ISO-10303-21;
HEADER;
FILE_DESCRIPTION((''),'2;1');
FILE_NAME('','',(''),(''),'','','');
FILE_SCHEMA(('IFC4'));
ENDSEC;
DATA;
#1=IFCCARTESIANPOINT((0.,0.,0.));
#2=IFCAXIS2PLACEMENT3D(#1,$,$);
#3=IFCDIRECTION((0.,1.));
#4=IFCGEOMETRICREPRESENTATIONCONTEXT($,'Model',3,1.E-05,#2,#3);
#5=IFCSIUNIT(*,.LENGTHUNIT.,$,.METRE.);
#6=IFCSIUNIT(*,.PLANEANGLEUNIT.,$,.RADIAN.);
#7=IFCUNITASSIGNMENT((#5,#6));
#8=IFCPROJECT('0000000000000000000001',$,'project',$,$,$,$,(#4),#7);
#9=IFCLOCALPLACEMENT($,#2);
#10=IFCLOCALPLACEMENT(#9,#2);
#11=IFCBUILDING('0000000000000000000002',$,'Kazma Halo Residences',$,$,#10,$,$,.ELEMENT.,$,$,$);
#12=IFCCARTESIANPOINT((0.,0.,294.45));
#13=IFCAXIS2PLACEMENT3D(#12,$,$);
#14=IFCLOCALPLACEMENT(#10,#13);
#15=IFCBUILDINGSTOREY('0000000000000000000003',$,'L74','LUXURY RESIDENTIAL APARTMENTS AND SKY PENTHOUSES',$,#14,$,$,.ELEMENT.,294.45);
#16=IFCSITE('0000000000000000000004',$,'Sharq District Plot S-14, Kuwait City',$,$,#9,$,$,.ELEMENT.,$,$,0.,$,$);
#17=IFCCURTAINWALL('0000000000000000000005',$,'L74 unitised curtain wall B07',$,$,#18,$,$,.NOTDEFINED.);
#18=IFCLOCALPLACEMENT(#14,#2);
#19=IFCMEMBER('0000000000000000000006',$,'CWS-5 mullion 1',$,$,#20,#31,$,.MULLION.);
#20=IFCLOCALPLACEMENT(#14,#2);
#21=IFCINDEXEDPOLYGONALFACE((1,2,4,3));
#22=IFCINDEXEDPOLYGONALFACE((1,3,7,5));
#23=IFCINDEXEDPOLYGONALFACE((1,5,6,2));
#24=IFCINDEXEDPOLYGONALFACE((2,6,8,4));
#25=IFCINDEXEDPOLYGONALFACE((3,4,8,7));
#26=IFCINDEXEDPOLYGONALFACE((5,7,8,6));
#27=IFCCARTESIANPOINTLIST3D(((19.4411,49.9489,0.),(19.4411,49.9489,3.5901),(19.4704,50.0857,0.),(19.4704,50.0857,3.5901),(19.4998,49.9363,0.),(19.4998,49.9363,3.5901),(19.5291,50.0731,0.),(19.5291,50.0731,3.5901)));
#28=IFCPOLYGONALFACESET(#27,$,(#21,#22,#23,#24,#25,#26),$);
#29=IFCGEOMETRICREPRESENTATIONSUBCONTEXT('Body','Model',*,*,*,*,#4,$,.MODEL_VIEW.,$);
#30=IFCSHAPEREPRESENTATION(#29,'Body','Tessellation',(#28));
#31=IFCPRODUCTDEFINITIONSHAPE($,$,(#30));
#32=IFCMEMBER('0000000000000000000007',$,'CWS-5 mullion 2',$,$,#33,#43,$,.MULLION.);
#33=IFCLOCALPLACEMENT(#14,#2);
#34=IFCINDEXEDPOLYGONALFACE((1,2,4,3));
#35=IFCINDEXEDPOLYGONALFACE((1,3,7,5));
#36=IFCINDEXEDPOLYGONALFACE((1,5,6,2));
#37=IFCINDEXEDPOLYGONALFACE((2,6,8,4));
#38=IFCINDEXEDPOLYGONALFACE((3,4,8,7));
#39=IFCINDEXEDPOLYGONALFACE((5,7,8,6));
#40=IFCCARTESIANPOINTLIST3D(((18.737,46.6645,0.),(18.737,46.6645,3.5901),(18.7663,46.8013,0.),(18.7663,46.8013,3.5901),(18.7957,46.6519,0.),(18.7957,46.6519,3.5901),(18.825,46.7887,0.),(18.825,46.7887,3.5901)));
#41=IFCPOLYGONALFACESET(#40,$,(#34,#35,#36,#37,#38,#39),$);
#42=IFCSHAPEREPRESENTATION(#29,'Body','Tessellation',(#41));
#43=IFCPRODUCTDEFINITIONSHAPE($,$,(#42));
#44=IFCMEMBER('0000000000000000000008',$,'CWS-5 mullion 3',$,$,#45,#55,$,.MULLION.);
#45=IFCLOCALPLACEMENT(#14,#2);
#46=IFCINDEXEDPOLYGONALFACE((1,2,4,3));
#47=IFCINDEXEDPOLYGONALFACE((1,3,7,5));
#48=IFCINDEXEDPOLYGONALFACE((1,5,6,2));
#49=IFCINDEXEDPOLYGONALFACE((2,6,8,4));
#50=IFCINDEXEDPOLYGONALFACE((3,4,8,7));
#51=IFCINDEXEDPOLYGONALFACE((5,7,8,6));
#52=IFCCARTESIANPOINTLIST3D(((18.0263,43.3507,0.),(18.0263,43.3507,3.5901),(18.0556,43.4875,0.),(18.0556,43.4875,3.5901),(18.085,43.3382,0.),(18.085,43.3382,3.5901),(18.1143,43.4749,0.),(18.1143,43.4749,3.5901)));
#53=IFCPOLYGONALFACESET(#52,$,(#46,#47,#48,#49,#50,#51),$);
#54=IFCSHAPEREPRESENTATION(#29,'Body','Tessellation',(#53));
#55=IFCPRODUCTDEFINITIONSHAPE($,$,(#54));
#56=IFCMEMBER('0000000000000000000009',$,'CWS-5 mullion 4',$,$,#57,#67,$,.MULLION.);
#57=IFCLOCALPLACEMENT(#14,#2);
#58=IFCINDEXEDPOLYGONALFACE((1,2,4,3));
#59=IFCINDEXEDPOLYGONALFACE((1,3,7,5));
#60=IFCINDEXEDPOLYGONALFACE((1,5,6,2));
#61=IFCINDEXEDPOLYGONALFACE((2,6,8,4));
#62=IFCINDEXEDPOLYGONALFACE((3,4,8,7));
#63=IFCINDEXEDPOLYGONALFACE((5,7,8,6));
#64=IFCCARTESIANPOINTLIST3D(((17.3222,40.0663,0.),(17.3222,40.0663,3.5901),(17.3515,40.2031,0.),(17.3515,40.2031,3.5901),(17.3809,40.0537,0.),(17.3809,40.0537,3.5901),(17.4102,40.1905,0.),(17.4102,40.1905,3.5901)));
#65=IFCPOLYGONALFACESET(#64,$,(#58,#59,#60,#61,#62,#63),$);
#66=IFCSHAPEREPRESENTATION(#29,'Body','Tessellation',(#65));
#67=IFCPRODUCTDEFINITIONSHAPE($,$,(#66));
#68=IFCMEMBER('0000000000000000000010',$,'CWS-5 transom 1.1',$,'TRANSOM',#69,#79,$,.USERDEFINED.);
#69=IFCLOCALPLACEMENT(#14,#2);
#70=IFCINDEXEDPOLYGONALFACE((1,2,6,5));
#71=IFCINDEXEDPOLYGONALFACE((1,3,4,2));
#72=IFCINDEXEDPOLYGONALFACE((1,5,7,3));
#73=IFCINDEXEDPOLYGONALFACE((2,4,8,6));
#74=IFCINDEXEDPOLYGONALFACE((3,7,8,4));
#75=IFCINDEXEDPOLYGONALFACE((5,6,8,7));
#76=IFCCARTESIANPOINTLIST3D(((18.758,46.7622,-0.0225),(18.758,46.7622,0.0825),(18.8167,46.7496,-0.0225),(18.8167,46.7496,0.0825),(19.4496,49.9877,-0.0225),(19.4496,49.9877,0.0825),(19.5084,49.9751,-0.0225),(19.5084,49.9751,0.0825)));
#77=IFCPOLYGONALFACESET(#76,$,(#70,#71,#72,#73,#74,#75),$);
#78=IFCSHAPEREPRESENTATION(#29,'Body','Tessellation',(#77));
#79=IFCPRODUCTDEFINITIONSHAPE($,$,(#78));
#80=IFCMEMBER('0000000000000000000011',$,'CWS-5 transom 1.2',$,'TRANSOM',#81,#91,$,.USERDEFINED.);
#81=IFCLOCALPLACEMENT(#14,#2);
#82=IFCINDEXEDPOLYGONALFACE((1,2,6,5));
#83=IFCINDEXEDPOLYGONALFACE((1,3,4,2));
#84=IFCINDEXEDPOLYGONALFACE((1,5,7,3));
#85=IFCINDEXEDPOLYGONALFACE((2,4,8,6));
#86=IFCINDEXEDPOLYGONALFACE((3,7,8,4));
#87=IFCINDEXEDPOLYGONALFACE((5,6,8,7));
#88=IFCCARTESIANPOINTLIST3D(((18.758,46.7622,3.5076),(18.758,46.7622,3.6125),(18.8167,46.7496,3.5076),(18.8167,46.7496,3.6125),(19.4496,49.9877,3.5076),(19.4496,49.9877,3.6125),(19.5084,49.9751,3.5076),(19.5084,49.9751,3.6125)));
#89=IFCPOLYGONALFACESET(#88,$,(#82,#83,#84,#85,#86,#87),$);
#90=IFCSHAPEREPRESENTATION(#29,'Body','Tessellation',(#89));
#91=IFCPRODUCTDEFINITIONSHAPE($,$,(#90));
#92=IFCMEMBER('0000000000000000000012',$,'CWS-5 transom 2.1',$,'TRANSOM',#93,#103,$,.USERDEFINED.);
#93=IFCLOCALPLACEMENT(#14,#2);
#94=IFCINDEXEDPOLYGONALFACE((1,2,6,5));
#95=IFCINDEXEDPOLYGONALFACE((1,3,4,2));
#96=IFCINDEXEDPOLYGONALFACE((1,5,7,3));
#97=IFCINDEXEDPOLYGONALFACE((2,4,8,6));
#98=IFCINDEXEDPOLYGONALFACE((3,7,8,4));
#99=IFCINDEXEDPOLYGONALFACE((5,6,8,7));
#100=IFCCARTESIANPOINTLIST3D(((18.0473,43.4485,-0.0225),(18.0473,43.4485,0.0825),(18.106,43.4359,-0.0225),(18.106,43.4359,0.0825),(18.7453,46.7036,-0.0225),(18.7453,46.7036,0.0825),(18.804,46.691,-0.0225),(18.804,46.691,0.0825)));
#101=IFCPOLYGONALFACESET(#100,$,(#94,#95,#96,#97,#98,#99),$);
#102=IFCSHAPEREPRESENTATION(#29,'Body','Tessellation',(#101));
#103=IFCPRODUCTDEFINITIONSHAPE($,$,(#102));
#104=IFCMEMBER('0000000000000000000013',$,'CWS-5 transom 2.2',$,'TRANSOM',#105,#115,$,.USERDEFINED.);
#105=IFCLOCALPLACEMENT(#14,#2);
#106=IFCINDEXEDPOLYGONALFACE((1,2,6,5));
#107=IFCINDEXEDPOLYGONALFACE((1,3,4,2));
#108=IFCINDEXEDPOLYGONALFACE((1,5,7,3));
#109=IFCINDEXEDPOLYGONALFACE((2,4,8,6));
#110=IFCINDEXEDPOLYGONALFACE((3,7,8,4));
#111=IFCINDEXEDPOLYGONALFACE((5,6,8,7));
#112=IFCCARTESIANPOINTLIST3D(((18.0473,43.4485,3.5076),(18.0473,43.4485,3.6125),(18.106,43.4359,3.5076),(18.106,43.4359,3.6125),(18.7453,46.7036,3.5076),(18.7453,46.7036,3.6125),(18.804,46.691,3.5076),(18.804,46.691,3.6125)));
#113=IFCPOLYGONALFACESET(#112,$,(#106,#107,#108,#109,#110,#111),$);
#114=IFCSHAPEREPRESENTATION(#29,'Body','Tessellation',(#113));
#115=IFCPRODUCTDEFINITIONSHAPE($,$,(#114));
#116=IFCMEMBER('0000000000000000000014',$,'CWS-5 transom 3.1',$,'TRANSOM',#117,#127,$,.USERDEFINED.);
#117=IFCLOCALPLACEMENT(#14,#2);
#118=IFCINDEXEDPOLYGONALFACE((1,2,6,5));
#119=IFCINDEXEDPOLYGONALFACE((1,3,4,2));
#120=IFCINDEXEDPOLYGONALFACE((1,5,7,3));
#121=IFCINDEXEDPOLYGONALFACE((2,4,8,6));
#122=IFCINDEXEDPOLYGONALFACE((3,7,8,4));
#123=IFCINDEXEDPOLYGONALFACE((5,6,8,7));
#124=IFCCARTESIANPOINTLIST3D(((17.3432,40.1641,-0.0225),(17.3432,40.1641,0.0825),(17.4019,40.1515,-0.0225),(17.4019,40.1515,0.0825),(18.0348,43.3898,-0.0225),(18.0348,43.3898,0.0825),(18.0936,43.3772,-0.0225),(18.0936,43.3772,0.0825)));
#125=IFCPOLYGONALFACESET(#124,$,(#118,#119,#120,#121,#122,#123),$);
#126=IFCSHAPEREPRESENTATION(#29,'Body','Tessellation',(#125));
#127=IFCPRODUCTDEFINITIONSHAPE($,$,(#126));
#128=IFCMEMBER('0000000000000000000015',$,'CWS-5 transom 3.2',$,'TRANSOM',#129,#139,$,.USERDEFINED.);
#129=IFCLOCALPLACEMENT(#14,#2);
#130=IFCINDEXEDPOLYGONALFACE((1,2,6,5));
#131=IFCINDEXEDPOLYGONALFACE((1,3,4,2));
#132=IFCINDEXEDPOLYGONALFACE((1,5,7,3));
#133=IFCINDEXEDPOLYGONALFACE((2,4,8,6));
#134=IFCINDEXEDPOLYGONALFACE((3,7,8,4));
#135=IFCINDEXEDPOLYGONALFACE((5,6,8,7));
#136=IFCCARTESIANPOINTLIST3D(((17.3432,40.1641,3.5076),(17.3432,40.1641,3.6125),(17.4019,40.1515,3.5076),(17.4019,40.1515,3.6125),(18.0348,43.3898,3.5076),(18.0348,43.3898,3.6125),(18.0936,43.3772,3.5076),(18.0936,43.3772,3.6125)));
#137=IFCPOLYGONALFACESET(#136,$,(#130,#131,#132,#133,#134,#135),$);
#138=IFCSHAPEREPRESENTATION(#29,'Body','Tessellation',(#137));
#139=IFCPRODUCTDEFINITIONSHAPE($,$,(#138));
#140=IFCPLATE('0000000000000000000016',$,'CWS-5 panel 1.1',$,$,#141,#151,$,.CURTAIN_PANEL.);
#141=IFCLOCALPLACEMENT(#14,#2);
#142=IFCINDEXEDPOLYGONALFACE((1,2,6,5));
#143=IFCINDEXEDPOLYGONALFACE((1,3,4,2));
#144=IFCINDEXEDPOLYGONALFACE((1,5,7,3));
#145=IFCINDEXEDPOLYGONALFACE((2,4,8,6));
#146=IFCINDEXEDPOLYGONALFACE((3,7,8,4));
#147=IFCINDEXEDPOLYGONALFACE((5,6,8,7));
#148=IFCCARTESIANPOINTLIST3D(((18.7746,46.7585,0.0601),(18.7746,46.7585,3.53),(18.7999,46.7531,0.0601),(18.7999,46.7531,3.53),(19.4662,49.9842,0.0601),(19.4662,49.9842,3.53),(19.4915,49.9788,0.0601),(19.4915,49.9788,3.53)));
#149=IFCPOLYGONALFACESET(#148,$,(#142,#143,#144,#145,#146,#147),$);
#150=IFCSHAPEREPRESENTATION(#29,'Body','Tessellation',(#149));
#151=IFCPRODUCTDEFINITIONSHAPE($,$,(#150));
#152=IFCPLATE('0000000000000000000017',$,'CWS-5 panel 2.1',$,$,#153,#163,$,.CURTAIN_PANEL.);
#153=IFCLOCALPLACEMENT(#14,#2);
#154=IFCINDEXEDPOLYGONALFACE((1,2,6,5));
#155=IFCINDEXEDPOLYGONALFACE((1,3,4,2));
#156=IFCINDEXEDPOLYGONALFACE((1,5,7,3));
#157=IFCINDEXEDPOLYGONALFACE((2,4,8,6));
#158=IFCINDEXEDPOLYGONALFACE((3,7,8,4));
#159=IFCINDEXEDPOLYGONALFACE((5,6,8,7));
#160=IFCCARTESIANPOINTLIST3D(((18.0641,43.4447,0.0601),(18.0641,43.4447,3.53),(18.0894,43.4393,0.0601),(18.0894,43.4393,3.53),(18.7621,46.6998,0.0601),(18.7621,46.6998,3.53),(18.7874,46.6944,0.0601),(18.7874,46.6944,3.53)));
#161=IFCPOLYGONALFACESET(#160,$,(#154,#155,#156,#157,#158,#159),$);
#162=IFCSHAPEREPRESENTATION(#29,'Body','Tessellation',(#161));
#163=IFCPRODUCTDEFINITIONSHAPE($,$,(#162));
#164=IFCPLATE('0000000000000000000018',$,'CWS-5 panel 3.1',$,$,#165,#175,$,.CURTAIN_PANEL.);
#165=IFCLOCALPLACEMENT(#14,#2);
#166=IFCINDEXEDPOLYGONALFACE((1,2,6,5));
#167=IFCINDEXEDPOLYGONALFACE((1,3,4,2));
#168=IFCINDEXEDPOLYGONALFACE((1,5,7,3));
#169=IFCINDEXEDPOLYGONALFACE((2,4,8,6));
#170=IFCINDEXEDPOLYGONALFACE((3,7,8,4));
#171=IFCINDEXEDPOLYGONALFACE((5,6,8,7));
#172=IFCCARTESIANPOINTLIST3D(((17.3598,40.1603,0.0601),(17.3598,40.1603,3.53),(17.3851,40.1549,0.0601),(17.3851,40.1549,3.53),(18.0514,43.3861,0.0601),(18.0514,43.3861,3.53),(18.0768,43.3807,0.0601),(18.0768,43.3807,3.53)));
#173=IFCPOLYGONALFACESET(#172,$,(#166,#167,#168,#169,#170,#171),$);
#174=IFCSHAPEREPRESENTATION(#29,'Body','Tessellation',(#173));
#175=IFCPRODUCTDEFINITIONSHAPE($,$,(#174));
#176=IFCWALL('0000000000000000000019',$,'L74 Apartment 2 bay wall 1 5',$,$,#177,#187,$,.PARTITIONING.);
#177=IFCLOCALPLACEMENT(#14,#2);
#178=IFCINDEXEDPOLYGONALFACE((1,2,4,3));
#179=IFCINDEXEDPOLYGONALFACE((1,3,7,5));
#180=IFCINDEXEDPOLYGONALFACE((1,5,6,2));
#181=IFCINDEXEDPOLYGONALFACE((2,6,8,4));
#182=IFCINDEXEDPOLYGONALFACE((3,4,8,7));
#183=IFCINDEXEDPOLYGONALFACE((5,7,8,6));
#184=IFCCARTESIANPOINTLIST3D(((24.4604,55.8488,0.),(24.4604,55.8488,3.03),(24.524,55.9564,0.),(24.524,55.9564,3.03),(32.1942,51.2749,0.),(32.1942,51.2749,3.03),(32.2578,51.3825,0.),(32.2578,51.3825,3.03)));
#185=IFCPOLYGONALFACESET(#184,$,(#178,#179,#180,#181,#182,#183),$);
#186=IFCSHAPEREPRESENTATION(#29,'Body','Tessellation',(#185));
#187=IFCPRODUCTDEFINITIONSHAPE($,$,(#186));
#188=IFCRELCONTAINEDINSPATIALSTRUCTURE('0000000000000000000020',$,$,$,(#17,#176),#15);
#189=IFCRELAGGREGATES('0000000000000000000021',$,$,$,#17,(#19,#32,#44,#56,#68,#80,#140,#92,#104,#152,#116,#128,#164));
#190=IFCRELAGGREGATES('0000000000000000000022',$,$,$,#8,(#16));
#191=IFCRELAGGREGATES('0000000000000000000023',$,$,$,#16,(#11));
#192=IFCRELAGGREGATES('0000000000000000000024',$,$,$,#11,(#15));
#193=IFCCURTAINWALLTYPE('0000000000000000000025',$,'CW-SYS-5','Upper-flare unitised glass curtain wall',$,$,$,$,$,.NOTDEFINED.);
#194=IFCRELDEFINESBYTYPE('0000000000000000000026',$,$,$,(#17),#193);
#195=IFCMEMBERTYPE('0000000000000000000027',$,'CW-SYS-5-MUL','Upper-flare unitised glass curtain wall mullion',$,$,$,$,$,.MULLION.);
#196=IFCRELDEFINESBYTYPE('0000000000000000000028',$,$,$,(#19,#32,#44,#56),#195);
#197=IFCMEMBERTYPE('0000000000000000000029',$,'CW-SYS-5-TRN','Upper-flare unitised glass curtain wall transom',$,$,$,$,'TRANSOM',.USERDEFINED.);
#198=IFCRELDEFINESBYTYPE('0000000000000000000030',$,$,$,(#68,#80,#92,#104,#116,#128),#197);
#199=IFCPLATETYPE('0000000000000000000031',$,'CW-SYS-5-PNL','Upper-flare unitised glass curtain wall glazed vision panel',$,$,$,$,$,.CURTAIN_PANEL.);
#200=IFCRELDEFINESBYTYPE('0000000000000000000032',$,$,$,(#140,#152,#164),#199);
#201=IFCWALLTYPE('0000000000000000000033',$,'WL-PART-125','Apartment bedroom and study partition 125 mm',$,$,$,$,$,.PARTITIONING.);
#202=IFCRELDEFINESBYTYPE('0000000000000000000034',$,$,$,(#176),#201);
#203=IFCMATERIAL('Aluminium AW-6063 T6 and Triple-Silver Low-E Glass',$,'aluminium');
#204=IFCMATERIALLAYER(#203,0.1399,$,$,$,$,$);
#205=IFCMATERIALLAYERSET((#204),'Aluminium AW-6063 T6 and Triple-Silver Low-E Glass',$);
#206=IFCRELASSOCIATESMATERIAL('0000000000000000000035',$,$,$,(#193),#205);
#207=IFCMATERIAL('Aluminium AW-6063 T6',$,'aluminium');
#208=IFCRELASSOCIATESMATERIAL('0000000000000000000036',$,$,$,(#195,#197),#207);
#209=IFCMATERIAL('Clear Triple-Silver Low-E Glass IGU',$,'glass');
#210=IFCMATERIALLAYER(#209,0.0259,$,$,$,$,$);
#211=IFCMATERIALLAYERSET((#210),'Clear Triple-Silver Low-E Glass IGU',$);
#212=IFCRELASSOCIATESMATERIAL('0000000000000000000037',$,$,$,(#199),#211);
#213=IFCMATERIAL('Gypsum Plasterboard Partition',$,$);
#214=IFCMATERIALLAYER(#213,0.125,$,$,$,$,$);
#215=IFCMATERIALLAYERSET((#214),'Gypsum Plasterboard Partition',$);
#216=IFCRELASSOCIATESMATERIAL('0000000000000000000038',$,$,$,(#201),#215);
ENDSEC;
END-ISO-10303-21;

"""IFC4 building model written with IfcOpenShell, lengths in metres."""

from ifc_helpers import new_model, si_unit, direction, frame, frame_2d, origin, origin_2d, place, context, subcontext, project, spatial, rectangle, extrude, material, layer, layer_set, material_profile, profile_set, type_object, element, aggregate, save


model = new_model("IFC4")

# Units and contexts
model_context = context("Model", 3, precision=1e-05, world=origin(), true_north=direction((0.0, 1.0)))
body_context = subcontext(model_context, "Body", "Model", "MODEL_VIEW")
ifc_project = project(units=[si_unit("LENGTHUNIT", "METRE"), si_unit("PLANEANGLEUNIT", "RADIAN")], contexts=[model_context])

# Site, building, storey
site_placement = place(None, origin())
site = spatial("IfcSite", under=ifc_project, at=site_placement, Name="Sharq District Plot S-14, Kuwait City", CompositionType="ELEMENT", RefElevation=0.0)
building_placement = place(site_placement, origin())
building = spatial("IfcBuilding", under=site, at=building_placement, Name="Kazma Halo Residences", CompositionType="ELEMENT")
storey_placement = place(building_placement, frame((0.0, 0.0, 294.45)))
storey = spatial("IfcBuildingStorey", under=building, at=storey_placement, Name="L74", Description="LUXURY RESIDENTIAL APARTMENTS AND SKY PENTHOUSES", CompositionType="ELEMENT", Elevation=294.45)

# Curtain wall, members, plates
ifc_material_1 = material(Name="Aluminium AW-6063 T6 and Triple-Silver Low-E Glass", Category="aluminium")
ifc_layer_1 = layer(ifc_material_1, 0.1399)
ifc_layer_set_1 = layer_set([ifc_layer_1], Name="Aluminium AW-6063 T6 and Triple-Silver Low-E Glass")
curtain_wall_type = type_object("IfcCurtainWallType", Name="CW-SYS-5", Description="Upper-flare unitised glass curtain wall", PredefinedType="NOTDEFINED", material=ifc_layer_set_1)
curtain_wall_placement = place(storey_placement, origin())
curtain_wall = element("IfcCurtainWall", 1, at=curtain_wall_placement, inside=storey, type_object=curtain_wall_type, Name="L74 unitised curtain wall B07", PredefinedType="NOTDEFINED")
ifc_material_2 = material(Name="Aluminium AW-6063 T6", Category="aluminium")
ifc_material_profile_1 = material_profile(ifc_material_2, rectangle(XDim=0.0601, YDim=0.1399, at=origin_2d()), Name="CWM-60x140")
ifc_profile_set_1 = profile_set([ifc_material_profile_1], Name="Aluminium AW-6063 T6")
member_type_1 = type_object("IfcMemberType", Name="CW-SYS-5-MUL", Description="Upper-flare unitised glass curtain wall mullion", PredefinedType="MULLION", material=ifc_profile_set_1)
member_1_placement = place(storey_placement, frame((19.4851, 50.011, 0.0), z_axis=(0.0, 0.0, 1.0), x_axis=(0.977775, -0.209657, 0.0)))
member_1 = element("IfcMember", 2, at=member_1_placement, type_object=member_type_1, Name="CWS-5 mullion 1", PredefinedType="MULLION", context=body_context, shape_type="SweptSolid", body=[
    extrude(rectangle(XDim=0.0601, YDim=0.1399, at=origin_2d()), origin(), (0.0, 0.0, 1.0), 3.5901),
])
member_2_placement = place(storey_placement, frame((18.781, 46.7266, 0.0), z_axis=(0.0, 0.0, 1.0), x_axis=(0.977775, -0.209657, 0.0)))
member_2 = element("IfcMember", 3, at=member_2_placement, type_object=member_type_1, Name="CWS-5 mullion 2", PredefinedType="MULLION", context=body_context, shape_type="SweptSolid", body=[
    extrude(rectangle(XDim=0.0601, YDim=0.1399, at=origin_2d()), origin(), (0.0, 0.0, 1.0), 3.5901),
])
member_3_placement = place(storey_placement, frame((18.0703, 43.4128, 0.0), z_axis=(0.0, 0.0, 1.0), x_axis=(0.977775, -0.209657, 0.0)))
member_3 = element("IfcMember", 4, at=member_3_placement, type_object=member_type_1, Name="CWS-5 mullion 3", PredefinedType="MULLION", context=body_context, shape_type="SweptSolid", body=[
    extrude(rectangle(XDim=0.0601, YDim=0.1399, at=origin_2d()), origin(), (0.0, 0.0, 1.0), 3.5901),
])
member_4_placement = place(storey_placement, frame((17.3662, 40.1284, 0.0), z_axis=(0.0, 0.0, 1.0), x_axis=(0.977775, -0.209657, 0.0)))
member_4 = element("IfcMember", 5, at=member_4_placement, type_object=member_type_1, Name="CWS-5 mullion 4", PredefinedType="MULLION", context=body_context, shape_type="SweptSolid", body=[
    extrude(rectangle(XDim=0.0601, YDim=0.1399, at=origin_2d()), origin(), (0.0, 0.0, 1.0), 3.5901),
])
ifc_material_profile_2 = material_profile(ifc_material_2, rectangle(XDim=0.0601, YDim=0.105, at=origin_2d()), Name="CWT-60x105")
ifc_profile_set_2 = profile_set([ifc_material_profile_2], Name="Aluminium AW-6063 T6")
member_type_2 = type_object("IfcMemberType", Name="CW-SYS-5-TRN", Description="Upper-flare unitised glass curtain wall transom", ElementType="TRANSOM", PredefinedType="USERDEFINED", material=ifc_profile_set_2)
member_5_placement = place(storey_placement, frame((19.479, 49.9814, 0.03), z_axis=(-0.20966, -0.977774, 0.0), x_axis=(0.977774, -0.20966, 0.0)))
member_5 = element("IfcMember", 6, at=member_5_placement, type_object=member_type_2, Name="CWS-5 transom 1.1", ObjectType="TRANSOM", PredefinedType="USERDEFINED", context=body_context, shape_type="SweptSolid", body=[
    extrude(rectangle(XDim=0.0601, YDim=0.105, at=origin_2d()), origin(), (0.0, 0.0, 1.0), 3.2988),
])
member_6_placement = place(storey_placement, frame((19.479, 49.9814, 3.5601), z_axis=(-0.20966, -0.977774, 0.0), x_axis=(0.977774, -0.20966, 0.0)))
member_6 = element("IfcMember", 7, at=member_6_placement, type_object=member_type_2, Name="CWS-5 transom 1.2", ObjectType="TRANSOM", PredefinedType="USERDEFINED", context=body_context, shape_type="SweptSolid", body=[
    extrude(rectangle(XDim=0.0601, YDim=0.105, at=origin_2d()), origin(), (0.0, 0.0, 1.0), 3.2988),
])
member_7_placement = place(storey_placement, frame((18.7747, 46.6973, 0.03), z_axis=(-0.209664, -0.977773, 0.0), x_axis=(0.977773, -0.209664, 0.0)))
member_7 = element("IfcMember", 8, at=member_7_placement, type_object=member_type_2, Name="CWS-5 transom 2.1", ObjectType="TRANSOM", PredefinedType="USERDEFINED", context=body_context, shape_type="SweptSolid", body=[
    extrude(rectangle(XDim=0.0601, YDim=0.105, at=origin_2d()), origin(), (0.0, 0.0, 1.0), 3.3291),
])
member_8_placement = place(storey_placement, frame((18.7747, 46.6973, 3.5601), z_axis=(-0.209664, -0.977773, 0.0), x_axis=(0.977773, -0.209664, 0.0)))
member_8 = element("IfcMember", 9, at=member_8_placement, type_object=member_type_2, Name="CWS-5 transom 2.2", ObjectType="TRANSOM", PredefinedType="USERDEFINED", context=body_context, shape_type="SweptSolid", body=[
    extrude(rectangle(XDim=0.0601, YDim=0.105, at=origin_2d()), origin(), (0.0, 0.0, 1.0), 3.3291),
])
member_9_placement = place(storey_placement, frame((18.0642, 43.3835, 0.03), z_axis=(-0.209645, -0.977777, 0.0), x_axis=(0.977777, -0.209645, 0.0)))
member_9 = element("IfcMember", 10, at=member_9_placement, type_object=member_type_2, Name="CWS-5 transom 3.1", ObjectType="TRANSOM", PredefinedType="USERDEFINED", context=body_context, shape_type="SweptSolid", body=[
    extrude(rectangle(XDim=0.0601, YDim=0.105, at=origin_2d()), origin(), (0.0, 0.0, 1.0), 3.2991),
])
member_10_placement = place(storey_placement, frame((18.0642, 43.3835, 3.5601), z_axis=(-0.209645, -0.977777, 0.0), x_axis=(0.977777, -0.209645, 0.0)))
member_10 = element("IfcMember", 11, at=member_10_placement, type_object=member_type_2, Name="CWS-5 transom 3.2", ObjectType="TRANSOM", PredefinedType="USERDEFINED", context=body_context, shape_type="SweptSolid", body=[
    extrude(rectangle(XDim=0.0601, YDim=0.105, at=origin_2d()), origin(), (0.0, 0.0, 1.0), 3.2991),
])
ifc_material_3 = material(Name="Clear Triple-Silver Low-E Glass IGU", Category="glass")
ifc_layer_2 = layer(ifc_material_3, 0.0259)
ifc_layer_set_2 = layer_set([ifc_layer_2], Name="Clear Triple-Silver Low-E Glass IGU")
plate_type = type_object("IfcPlateType", Name="CW-SYS-5-PNL", Description="Upper-flare unitised glass curtain wall glazed vision panel", PredefinedType="CURTAIN_PANEL", material=ifc_layer_set_2)
plate_1_placement = place(storey_placement, frame((19.1331, 48.3687, 0.0601), z_axis=(0.0, 0.0, 1.0), x_axis=(-0.209657, -0.977775, 0.0)))
plate_1 = element("IfcPlate", 12, at=plate_1_placement, type_object=plate_type, Name="CWS-5 panel 1.1", PredefinedType="CURTAIN_PANEL", context=body_context, shape_type="SweptSolid", body=[
    extrude(rectangle(XDim=3.2991, YDim=0.0259, at=origin_2d()), origin(), (0.0, 0.0, 1.0), 3.47),
])
plate_2_placement = place(storey_placement, frame((18.4258, 45.0696, 0.0601), z_axis=(0.0, 0.0, 1.0), x_axis=(-0.209657, -0.977775, 0.0)))
plate_2 = element("IfcPlate", 13, at=plate_2_placement, type_object=plate_type, Name="CWS-5 panel 2.1", PredefinedType="CURTAIN_PANEL", context=body_context, shape_type="SweptSolid", body=[
    extrude(rectangle(XDim=3.3291, YDim=0.0259, at=origin_2d()), origin(), (0.0, 0.0, 1.0), 3.47),
])
plate_3_placement = place(storey_placement, frame((17.7183, 41.7705, 0.0601), z_axis=(0.0, 0.0, 1.0), x_axis=(-0.209657, -0.977775, 0.0)))
plate_3 = element("IfcPlate", 14, at=plate_3_placement, type_object=plate_type, Name="CWS-5 panel 3.1", PredefinedType="CURTAIN_PANEL", context=body_context, shape_type="SweptSolid", body=[
    extrude(rectangle(XDim=3.2991, YDim=0.0259, at=origin_2d()), origin(), (0.0, 0.0, 1.0), 3.47),
])
aggregate(curtain_wall, [member_1, member_2, member_3, member_4, member_5, member_6, plate_1, member_7, member_8, plate_2, member_9, member_10, plate_3])

# Wall
ifc_material_4 = material(Name="Gypsum Plasterboard Partition")
ifc_layer_3 = layer(ifc_material_4, 0.125)
ifc_layer_set_3 = layer_set([ifc_layer_3], Name="Gypsum Plasterboard Partition")
wall_type = type_object("IfcWallType", Name="WL-PART-125", Description="Apartment bedroom and study partition 125 mm", PredefinedType="PARTITIONING", material=ifc_layer_set_3)
wall_1_placement = place(storey_placement, frame((32.2261, 51.3286, 0.0), z_axis=(0.0, 0.0, 1.0), x_axis=(-0.860734, 0.509055, 0.0)))
element("IfcWall", 15, at=wall_1_placement, inside=storey, type_object=wall_type, Name="L74 Apartment 2 bay wall 1 5", PredefinedType="PARTITIONING", context=body_context, shape_type="SweptSolid", body=[
    extrude(rectangle(XDim=8.9851, YDim=0.125, at=frame_2d((4.4927, 0.0))), origin(), (0.0, 0.0, 1.0), 3.03),
])

save(model, "model.ifc")
